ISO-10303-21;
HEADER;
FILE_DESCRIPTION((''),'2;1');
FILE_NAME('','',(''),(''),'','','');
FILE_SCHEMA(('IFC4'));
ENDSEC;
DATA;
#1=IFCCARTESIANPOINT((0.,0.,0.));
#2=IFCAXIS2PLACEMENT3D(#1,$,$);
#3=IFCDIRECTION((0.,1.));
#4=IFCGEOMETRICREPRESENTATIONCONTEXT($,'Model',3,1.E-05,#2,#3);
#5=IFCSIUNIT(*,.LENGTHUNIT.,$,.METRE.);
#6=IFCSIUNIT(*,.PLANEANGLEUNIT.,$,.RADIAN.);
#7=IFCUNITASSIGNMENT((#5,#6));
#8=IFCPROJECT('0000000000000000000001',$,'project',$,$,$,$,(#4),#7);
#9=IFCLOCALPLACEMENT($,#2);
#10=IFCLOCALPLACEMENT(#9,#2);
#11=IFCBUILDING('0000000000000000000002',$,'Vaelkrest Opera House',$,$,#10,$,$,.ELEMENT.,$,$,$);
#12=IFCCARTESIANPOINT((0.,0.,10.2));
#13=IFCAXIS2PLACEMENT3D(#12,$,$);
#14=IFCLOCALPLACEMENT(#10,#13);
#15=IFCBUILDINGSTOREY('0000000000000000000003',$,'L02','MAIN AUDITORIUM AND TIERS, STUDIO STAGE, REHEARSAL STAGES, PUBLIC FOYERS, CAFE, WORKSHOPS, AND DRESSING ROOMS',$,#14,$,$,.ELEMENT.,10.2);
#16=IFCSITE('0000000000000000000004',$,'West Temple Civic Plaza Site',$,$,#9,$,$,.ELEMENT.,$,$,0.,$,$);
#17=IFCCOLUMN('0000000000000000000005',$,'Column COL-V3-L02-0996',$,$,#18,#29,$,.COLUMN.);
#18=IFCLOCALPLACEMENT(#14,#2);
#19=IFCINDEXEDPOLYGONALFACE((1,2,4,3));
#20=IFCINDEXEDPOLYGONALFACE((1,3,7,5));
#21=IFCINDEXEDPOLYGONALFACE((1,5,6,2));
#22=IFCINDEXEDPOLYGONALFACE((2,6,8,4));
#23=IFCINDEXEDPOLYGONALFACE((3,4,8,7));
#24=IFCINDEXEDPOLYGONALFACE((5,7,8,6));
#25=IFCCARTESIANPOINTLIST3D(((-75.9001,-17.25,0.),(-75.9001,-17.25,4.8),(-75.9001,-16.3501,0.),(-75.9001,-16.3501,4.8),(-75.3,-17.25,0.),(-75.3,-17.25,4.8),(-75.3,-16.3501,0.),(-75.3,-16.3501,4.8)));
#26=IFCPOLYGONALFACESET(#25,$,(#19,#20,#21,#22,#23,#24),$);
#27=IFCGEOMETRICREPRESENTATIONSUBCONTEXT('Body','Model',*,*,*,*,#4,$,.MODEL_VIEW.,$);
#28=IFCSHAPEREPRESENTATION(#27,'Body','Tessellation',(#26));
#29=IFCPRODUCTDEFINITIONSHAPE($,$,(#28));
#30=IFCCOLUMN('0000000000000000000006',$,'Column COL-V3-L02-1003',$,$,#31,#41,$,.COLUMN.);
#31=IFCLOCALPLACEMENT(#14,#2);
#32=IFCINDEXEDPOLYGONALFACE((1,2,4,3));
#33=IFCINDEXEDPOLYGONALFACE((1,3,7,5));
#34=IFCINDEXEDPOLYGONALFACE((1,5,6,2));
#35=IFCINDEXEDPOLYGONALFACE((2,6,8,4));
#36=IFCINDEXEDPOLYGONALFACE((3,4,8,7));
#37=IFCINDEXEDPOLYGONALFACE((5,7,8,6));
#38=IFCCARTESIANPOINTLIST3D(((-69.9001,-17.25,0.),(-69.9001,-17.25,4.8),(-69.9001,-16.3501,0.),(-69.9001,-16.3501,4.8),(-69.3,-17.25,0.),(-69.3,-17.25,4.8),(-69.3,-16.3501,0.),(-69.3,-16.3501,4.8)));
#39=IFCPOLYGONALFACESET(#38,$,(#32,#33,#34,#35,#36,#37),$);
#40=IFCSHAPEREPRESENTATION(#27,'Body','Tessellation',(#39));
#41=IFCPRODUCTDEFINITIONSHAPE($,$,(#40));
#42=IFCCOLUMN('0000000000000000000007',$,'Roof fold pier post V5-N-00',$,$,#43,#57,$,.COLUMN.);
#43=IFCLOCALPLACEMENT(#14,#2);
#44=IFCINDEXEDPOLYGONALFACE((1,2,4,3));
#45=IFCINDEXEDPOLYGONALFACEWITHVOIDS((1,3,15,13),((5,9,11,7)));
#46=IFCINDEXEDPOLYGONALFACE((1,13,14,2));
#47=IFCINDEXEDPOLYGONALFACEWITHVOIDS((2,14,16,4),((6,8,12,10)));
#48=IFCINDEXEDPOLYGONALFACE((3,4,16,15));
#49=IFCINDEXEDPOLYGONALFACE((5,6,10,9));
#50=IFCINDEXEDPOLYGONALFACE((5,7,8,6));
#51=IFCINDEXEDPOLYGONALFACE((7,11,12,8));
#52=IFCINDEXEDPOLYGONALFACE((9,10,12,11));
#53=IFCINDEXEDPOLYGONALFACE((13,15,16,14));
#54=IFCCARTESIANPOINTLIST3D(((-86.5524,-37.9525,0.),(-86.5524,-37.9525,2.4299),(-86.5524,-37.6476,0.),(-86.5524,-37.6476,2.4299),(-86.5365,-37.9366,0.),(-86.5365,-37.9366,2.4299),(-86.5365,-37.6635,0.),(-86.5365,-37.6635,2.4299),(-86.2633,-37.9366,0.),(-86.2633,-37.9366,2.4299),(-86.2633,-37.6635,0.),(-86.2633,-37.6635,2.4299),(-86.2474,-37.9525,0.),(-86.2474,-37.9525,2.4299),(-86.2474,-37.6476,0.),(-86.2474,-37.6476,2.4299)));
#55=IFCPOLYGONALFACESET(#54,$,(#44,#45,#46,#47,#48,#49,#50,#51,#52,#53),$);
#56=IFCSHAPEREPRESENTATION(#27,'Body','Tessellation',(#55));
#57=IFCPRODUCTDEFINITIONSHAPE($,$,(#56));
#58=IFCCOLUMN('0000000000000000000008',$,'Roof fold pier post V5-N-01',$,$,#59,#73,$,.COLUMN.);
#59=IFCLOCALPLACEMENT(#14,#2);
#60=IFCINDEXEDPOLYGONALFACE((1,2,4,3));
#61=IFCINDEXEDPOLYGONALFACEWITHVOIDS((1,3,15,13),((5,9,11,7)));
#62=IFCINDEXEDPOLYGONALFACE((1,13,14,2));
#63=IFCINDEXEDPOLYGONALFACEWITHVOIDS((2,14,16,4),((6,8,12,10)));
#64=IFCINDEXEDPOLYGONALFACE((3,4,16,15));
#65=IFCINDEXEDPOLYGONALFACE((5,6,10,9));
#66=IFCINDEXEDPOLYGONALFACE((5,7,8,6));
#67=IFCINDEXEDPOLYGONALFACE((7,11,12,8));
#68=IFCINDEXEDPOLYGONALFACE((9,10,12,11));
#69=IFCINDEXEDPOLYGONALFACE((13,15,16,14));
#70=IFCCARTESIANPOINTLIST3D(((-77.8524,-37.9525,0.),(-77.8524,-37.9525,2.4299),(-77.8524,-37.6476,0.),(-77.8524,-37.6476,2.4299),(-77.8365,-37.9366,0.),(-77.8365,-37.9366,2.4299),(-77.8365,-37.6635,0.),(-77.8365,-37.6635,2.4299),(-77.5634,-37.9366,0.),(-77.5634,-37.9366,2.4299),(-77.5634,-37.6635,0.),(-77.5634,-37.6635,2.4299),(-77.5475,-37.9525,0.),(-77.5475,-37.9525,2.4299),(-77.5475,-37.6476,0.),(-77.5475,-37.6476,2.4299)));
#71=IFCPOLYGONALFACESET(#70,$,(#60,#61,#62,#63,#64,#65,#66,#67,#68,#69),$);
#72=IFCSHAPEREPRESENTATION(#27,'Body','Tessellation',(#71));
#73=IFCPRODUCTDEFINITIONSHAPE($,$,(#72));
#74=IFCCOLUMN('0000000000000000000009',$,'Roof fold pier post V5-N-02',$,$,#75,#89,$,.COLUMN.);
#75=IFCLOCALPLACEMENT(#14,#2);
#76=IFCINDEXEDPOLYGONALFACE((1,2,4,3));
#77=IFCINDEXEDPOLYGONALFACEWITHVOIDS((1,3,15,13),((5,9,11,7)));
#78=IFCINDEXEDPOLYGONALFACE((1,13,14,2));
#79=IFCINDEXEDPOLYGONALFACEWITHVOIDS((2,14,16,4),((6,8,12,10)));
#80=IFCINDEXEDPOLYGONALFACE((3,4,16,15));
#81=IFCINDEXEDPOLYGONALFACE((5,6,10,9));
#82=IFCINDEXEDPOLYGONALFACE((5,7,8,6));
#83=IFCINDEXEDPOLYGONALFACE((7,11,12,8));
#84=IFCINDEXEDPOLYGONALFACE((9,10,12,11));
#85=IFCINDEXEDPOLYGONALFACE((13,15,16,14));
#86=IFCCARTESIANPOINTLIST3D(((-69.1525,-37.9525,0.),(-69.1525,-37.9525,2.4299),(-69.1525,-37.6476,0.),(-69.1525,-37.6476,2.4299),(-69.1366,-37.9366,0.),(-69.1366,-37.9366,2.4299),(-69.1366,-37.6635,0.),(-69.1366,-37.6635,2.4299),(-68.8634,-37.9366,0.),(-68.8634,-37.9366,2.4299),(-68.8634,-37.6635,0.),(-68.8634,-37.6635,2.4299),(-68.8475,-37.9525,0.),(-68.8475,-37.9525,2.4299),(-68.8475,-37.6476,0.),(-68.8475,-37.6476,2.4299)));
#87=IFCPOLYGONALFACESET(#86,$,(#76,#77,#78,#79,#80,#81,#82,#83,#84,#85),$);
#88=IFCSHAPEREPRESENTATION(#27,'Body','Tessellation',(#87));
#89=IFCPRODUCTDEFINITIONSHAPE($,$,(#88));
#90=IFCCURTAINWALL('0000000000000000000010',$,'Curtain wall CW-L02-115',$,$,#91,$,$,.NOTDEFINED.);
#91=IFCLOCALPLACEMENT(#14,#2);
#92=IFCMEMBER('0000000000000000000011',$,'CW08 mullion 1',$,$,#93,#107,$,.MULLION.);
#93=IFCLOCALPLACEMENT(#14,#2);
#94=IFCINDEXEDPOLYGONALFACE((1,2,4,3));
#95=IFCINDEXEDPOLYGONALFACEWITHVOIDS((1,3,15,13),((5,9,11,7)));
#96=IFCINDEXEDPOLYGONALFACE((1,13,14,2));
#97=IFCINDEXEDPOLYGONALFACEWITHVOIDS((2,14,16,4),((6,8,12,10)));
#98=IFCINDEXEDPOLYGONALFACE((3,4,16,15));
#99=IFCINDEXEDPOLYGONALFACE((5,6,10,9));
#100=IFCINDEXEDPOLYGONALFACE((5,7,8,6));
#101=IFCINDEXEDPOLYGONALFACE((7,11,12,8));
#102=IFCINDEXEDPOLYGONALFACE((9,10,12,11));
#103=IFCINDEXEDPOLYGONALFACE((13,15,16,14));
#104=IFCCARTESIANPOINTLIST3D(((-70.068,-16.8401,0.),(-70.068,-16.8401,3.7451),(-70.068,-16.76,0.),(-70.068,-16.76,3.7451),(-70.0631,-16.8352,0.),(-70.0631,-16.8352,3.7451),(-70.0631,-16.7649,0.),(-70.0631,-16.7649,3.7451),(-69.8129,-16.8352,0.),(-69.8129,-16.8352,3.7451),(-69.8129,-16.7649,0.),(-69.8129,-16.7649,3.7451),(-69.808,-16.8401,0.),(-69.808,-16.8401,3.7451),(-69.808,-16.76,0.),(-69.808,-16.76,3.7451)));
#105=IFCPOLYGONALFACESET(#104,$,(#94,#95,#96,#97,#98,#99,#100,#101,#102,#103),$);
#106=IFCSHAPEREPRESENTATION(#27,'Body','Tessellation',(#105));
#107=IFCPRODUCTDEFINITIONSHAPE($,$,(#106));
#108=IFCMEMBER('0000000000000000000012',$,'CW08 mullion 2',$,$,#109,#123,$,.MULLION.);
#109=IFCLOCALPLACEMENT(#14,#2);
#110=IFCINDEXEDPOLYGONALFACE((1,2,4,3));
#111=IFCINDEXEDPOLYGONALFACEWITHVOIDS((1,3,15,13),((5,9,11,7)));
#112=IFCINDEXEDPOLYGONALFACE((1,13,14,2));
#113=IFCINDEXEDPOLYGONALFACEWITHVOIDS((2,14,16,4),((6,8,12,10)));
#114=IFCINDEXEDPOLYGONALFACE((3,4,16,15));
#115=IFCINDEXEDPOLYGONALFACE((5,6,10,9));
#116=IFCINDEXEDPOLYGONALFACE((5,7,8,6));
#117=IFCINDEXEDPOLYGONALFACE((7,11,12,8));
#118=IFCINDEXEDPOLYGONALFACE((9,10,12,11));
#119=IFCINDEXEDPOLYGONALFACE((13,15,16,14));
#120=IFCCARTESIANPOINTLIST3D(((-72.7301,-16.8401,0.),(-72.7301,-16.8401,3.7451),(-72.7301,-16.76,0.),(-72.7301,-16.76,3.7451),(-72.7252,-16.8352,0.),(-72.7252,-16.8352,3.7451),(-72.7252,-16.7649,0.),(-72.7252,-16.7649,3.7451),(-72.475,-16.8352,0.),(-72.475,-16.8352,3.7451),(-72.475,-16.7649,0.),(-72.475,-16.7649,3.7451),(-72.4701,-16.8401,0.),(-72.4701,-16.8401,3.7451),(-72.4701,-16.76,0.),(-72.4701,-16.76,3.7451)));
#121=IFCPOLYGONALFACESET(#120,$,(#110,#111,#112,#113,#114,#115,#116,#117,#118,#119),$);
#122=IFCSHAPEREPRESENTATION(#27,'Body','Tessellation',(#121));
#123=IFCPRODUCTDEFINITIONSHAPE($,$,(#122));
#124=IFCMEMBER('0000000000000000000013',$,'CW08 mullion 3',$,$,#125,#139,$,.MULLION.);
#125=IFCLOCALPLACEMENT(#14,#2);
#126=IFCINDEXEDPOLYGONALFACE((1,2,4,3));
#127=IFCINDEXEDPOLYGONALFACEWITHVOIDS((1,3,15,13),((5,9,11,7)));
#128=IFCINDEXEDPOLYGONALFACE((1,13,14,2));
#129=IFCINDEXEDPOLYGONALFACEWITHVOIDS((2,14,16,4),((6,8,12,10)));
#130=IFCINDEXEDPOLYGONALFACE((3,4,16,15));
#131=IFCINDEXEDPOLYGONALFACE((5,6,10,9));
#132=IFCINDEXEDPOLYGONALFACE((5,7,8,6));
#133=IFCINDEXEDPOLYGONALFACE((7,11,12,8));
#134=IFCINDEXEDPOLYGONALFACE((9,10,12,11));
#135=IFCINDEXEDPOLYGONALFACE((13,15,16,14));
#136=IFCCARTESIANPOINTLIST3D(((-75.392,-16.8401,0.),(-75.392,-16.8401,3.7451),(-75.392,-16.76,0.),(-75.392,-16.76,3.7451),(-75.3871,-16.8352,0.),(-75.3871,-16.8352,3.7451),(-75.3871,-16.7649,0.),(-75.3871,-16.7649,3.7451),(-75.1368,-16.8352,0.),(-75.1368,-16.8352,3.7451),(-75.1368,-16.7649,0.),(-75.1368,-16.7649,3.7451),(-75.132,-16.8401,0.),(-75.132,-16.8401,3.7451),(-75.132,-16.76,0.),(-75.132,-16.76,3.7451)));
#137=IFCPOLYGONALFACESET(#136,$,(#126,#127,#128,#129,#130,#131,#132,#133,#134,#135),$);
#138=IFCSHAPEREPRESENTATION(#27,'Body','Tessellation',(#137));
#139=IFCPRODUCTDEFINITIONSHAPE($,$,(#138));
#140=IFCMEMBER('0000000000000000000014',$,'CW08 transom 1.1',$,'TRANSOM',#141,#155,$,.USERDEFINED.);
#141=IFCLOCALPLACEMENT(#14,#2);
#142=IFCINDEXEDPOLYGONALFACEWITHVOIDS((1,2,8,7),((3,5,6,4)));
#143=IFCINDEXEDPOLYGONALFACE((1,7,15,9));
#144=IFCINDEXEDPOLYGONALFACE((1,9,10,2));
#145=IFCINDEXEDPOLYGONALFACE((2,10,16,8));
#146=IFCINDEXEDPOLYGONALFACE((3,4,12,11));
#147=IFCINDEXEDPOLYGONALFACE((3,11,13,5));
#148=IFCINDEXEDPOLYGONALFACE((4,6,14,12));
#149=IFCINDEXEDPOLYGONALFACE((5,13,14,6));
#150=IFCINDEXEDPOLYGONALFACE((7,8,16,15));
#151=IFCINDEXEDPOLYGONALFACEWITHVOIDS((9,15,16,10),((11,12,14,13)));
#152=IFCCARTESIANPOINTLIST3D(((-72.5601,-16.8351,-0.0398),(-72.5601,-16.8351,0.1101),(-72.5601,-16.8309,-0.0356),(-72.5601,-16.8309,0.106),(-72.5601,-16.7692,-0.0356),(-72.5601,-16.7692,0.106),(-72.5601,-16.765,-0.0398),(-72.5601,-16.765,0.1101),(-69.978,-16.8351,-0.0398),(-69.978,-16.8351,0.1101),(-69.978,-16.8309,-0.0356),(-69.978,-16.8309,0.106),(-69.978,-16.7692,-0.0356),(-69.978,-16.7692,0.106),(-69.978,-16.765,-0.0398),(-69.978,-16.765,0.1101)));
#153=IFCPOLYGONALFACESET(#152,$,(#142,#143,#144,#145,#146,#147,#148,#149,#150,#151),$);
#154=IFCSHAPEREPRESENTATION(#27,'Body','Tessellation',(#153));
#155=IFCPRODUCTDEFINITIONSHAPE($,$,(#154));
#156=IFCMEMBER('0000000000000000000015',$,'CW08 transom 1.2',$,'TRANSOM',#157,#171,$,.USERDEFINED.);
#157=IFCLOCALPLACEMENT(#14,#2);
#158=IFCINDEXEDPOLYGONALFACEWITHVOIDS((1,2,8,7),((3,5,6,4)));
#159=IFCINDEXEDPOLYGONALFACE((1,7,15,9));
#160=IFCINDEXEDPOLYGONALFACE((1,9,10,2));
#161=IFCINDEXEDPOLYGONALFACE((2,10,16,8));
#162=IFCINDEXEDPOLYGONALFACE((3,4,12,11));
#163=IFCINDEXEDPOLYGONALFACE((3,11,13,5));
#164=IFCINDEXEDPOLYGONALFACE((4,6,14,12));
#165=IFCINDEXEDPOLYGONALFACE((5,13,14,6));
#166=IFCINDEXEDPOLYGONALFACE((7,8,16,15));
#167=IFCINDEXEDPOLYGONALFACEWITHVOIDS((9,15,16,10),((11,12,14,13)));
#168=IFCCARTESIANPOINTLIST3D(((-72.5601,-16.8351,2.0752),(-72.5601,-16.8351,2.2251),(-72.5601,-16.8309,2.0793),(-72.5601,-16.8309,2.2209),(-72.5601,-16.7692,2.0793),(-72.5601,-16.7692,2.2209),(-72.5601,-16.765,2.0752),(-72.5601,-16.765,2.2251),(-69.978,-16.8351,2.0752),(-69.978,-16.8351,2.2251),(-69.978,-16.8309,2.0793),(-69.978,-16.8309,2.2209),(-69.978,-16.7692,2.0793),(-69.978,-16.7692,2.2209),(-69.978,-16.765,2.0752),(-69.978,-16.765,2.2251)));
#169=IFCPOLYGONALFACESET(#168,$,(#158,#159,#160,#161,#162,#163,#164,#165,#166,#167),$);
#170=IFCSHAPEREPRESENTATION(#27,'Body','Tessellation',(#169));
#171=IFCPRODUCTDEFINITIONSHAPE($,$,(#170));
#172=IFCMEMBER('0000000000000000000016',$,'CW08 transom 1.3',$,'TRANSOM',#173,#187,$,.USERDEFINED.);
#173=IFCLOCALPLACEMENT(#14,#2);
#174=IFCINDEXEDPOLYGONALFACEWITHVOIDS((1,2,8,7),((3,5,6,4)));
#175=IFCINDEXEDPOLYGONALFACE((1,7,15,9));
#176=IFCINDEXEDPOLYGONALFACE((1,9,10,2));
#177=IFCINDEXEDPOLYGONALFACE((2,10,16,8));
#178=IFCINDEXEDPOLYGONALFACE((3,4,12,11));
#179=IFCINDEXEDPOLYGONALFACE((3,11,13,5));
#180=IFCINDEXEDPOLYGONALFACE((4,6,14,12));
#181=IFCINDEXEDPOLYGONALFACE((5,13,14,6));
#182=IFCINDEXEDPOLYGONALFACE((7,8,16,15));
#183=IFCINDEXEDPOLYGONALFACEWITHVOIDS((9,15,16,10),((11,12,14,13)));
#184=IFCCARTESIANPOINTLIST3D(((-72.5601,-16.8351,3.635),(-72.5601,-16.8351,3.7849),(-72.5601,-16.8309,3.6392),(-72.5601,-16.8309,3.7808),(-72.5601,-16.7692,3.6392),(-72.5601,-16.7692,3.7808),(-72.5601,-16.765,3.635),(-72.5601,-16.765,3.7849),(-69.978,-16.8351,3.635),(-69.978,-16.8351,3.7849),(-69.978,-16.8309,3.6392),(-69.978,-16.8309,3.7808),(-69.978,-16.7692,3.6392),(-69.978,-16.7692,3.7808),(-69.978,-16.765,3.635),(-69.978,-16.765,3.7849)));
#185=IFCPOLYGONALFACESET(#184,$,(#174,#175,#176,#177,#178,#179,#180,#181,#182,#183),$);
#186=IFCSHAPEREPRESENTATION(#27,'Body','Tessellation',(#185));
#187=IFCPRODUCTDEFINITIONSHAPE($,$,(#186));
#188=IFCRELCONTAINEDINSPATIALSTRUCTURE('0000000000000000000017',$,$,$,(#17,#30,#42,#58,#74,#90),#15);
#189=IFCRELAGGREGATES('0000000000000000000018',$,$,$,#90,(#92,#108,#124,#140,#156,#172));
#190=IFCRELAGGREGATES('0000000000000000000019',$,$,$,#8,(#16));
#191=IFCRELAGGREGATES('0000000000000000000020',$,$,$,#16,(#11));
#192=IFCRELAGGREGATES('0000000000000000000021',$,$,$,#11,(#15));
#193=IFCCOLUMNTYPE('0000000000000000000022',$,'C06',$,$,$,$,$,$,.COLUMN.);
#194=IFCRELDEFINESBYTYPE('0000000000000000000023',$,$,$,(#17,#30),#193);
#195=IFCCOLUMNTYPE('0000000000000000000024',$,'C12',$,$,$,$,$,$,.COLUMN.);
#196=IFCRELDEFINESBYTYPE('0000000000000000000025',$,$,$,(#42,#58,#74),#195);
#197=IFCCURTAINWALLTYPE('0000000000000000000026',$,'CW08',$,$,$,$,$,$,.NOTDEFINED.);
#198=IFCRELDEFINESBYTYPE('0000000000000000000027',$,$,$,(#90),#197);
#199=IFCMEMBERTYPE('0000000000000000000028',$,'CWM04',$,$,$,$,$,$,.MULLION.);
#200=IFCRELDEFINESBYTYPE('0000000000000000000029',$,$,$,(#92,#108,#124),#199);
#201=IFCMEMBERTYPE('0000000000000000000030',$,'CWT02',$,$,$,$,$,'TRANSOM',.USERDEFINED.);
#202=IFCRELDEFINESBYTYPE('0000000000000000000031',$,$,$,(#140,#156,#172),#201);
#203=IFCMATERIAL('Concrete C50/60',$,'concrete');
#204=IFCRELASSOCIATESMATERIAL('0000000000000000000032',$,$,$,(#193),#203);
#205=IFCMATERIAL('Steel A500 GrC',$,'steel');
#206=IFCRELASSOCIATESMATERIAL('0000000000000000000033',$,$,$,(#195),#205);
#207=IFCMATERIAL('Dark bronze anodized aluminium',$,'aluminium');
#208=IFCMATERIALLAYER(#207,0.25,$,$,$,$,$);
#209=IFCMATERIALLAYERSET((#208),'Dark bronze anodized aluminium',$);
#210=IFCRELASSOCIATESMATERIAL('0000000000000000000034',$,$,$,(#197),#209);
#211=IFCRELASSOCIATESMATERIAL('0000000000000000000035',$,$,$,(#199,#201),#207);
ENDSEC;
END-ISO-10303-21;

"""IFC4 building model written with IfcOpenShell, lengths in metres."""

from ifc_helpers import new_model, si_unit, direction, frame, origin, origin_2d, place, context, subcontext, project, spatial, rectangle, hollow_rectangle, extrude, material, layer, layer_set, material_profile, profile_set, type_object, element, aggregate, save


model = new_model("IFC4")

# Units and contexts
model_context = context("Model", 3, precision=1e-05, world=origin(), true_north=direction((0.0, 1.0)))
body_context = subcontext(model_context, "Body", "Model", "MODEL_VIEW")
ifc_project = project(units=[si_unit("LENGTHUNIT", "METRE"), si_unit("PLANEANGLEUNIT", "RADIAN")], contexts=[model_context])

# Site, building, storey
site_placement = place(None, origin())
site = spatial("IfcSite", under=ifc_project, at=site_placement, Name="West Temple Civic Plaza Site", CompositionType="ELEMENT", RefElevation=0.0)
building_placement = place(site_placement, origin())
building = spatial("IfcBuilding", under=site, at=building_placement, Name="Vaelkrest Opera House", CompositionType="ELEMENT")
storey_placement = place(building_placement, frame((0.0, 0.0, 10.2)))
storey = spatial("IfcBuildingStorey", under=building, at=storey_placement, Name="L02", Description="MAIN AUDITORIUM AND TIERS, STUDIO STAGE, REHEARSAL STAGES, PUBLIC FOYERS, CAFE, WORKSHOPS, AND DRESSING ROOMS", CompositionType="ELEMENT", Elevation=10.2)

# Columns
ifc_material_1 = material(Name="Concrete C50/60", Category="concrete")
ifc_material_profile_1 = material_profile(ifc_material_1, rectangle(XDim=0.6001, YDim=0.8999, at=origin_2d()), Name="RC600X900")
ifc_profile_set_1 = profile_set([ifc_material_profile_1], Name="Concrete C50/60")
column_type_1 = type_object("IfcColumnType", Name="C06", PredefinedType="COLUMN", material=ifc_profile_set_1)
for number, where, z_axis, x_axis, name in (
    (1, (-75.6001, -16.8, 0.0), (0.0, 0.0, 1.0), (1.0, 0.0, 0.0), "Column COL-V3-L02-0996"),
    (2, (-69.6001, -16.8, 0.0), (0.0, 0.0, 1.0), (1.0, 0.0, 0.0), "Column COL-V3-L02-1003"),
):
    element("IfcColumn", number, at=place(storey_placement, frame(where, z_axis=z_axis, x_axis=x_axis)), inside=storey, type_object=column_type_1, Name=name, PredefinedType="COLUMN", context=body_context, shape_type="SweptSolid", body=[
        extrude(rectangle(XDim=0.6001, YDim=0.8999, at=origin_2d()), origin(), (0.0, 0.0, 1.0), 4.8),
    ])
ifc_material_2 = material(Name="Steel A500 GrC", Category="steel")
ifc_material_profile_2 = material_profile(ifc_material_2, hollow_rectangle(XDim=0.3049, YDim=0.3049, WallThickness=0.0159, at=origin_2d()), Name="HSS305X305X15.9")
ifc_profile_set_2 = profile_set([ifc_material_profile_2], Name="Steel A500 GrC")
column_type_2 = type_object("IfcColumnType", Name="C12", PredefinedType="COLUMN", material=ifc_profile_set_2)
for number, where, z_axis, x_axis, name in (
    (3, (-86.3999, -37.8, 0.0), (0.0, 0.0, 1.0), (1.0, 0.0, 0.0), "Roof fold pier post V5-N-00"),
    (4, (-77.7, -37.8, 0.0), (0.0, 0.0, 1.0), (1.0, 0.0, 0.0), "Roof fold pier post V5-N-01"),
    (5, (-69.0, -37.8, 0.0), (0.0, 0.0, 1.0), (1.0, 0.0, 0.0), "Roof fold pier post V5-N-02"),
):
    element("IfcColumn", number, at=place(storey_placement, frame(where, z_axis=z_axis, x_axis=x_axis)), inside=storey, type_object=column_type_2, Name=name, PredefinedType="COLUMN", context=body_context, shape_type="SweptSolid", body=[
        extrude(hollow_rectangle(XDim=0.3049, YDim=0.3049, WallThickness=0.0159, at=origin_2d()), origin(), (0.0, 0.0, 1.0), 2.4299),
    ])

# Curtain wall, members
ifc_material_3 = material(Name="Dark bronze anodized aluminium", Category="aluminium")
ifc_layer_1 = layer(ifc_material_3, 0.25)
ifc_layer_set_1 = layer_set([ifc_layer_1], Name="Dark bronze anodized aluminium")
curtain_wall_type = type_object("IfcCurtainWallType", Name="CW08", PredefinedType="NOTDEFINED", material=ifc_layer_set_1)
curtain_wall_placement = place(storey_placement, origin())
curtain_wall = element("IfcCurtainWall", 6, at=curtain_wall_placement, inside=storey, type_object=curtain_wall_type, Name="Curtain wall CW-L02-115", PredefinedType="NOTDEFINED")
ifc_material_profile_3 = material_profile(ifc_material_3, hollow_rectangle(XDim=0.0801, YDim=0.26, WallThickness=0.0049, at=origin_2d()), Name="CWM80X260")
ifc_profile_set_3 = profile_set([ifc_material_profile_3], Name="Dark bronze anodized aluminium")
member_type_1 = type_object("IfcMemberType", Name="CWM04", PredefinedType="MULLION", material=ifc_profile_set_3)
member_1_placement = place(storey_placement, frame((-69.938, -16.8, 0.0), z_axis=(0.0, 0.0, 1.0), x_axis=(0.0, -1.0, 0.0)))
member_1 = element("IfcMember", 7, at=member_1_placement, type_object=member_type_1, Name="CW08 mullion 1", PredefinedType="MULLION", context=body_context, shape_type="SweptSolid", body=[
    extrude(hollow_rectangle(XDim=0.0801, YDim=0.26, WallThickness=0.0049, at=origin_2d()), origin(), (0.0, 0.0, 1.0), 3.7451),
])
member_2_placement = place(storey_placement, frame((-72.6001, -16.8, 0.0), z_axis=(0.0, 0.0, 1.0), x_axis=(0.0, -1.0, 0.0)))
member_2 = element("IfcMember", 8, at=member_2_placement, type_object=member_type_1, Name="CW08 mullion 2", PredefinedType="MULLION", context=body_context, shape_type="SweptSolid", body=[
    extrude(hollow_rectangle(XDim=0.0801, YDim=0.26, WallThickness=0.0049, at=origin_2d()), origin(), (0.0, 0.0, 1.0), 3.7451),
])
member_3_placement = place(storey_placement, frame((-75.262, -16.8, 0.0), z_axis=(0.0, 0.0, 1.0), x_axis=(0.0, -1.0, 0.0)))
member_3 = element("IfcMember", 9, at=member_3_placement, type_object=member_type_1, Name="CW08 mullion 3", PredefinedType="MULLION", context=body_context, shape_type="SweptSolid", body=[
    extrude(hollow_rectangle(XDim=0.0801, YDim=0.26, WallThickness=0.0049, at=origin_2d()), origin(), (0.0, 0.0, 1.0), 3.7451),
])
ifc_material_profile_4 = material_profile(ifc_material_3, hollow_rectangle(XDim=0.0701, YDim=0.1499, WallThickness=0.0042, at=origin_2d()), Name="CWT70X150")
ifc_profile_set_4 = profile_set([ifc_material_profile_4], Name="Dark bronze anodized aluminium")
member_type_2 = type_object("IfcMemberType", Name="CWT02", ElementType="TRANSOM", PredefinedType="USERDEFINED", material=ifc_profile_set_4)
member_4_placement = place(storey_placement, frame((-69.978, -16.8, 0.0352), z_axis=(-1.0, 0.0, 0.0), x_axis=(0.0, -1.0, 0.0)))
member_4 = element("IfcMember", 10, at=member_4_placement, type_object=member_type_2, Name="CW08 transom 1.1", ObjectType="TRANSOM", PredefinedType="USERDEFINED", context=body_context, shape_type="SweptSolid", body=[
    extrude(hollow_rectangle(XDim=0.0701, YDim=0.1499, WallThickness=0.0042, at=origin_2d()), origin(), (0.0, 0.0, 1.0), 2.582),
])
member_5_placement = place(storey_placement, frame((-69.978, -16.8, 2.1501), z_axis=(-1.0, 0.0, 0.0), x_axis=(0.0, -1.0, 0.0)))
member_5 = element("IfcMember", 11, at=member_5_placement, type_object=member_type_2, Name="CW08 transom 1.2", ObjectType="TRANSOM", PredefinedType="USERDEFINED", context=body_context, shape_type="SweptSolid", body=[
    extrude(hollow_rectangle(XDim=0.0701, YDim=0.1499, WallThickness=0.0042, at=origin_2d()), origin(), (0.0, 0.0, 1.0), 2.582),
])
member_6_placement = place(storey_placement, frame((-69.978, -16.8, 3.71), z_axis=(-1.0, 0.0, 0.0), x_axis=(0.0, -1.0, 0.0)))
member_6 = element("IfcMember", 12, at=member_6_placement, type_object=member_type_2, Name="CW08 transom 1.3", ObjectType="TRANSOM", PredefinedType="USERDEFINED", context=body_context, shape_type="SweptSolid", body=[
    extrude(hollow_rectangle(XDim=0.0701, YDim=0.1499, WallThickness=0.0042, at=origin_2d()), origin(), (0.0, 0.0, 1.0), 2.582),
])

aggregate(curtain_wall, [member_1, member_2, member_3, member_4, member_5, member_6])

save(model, "model.ifc")
